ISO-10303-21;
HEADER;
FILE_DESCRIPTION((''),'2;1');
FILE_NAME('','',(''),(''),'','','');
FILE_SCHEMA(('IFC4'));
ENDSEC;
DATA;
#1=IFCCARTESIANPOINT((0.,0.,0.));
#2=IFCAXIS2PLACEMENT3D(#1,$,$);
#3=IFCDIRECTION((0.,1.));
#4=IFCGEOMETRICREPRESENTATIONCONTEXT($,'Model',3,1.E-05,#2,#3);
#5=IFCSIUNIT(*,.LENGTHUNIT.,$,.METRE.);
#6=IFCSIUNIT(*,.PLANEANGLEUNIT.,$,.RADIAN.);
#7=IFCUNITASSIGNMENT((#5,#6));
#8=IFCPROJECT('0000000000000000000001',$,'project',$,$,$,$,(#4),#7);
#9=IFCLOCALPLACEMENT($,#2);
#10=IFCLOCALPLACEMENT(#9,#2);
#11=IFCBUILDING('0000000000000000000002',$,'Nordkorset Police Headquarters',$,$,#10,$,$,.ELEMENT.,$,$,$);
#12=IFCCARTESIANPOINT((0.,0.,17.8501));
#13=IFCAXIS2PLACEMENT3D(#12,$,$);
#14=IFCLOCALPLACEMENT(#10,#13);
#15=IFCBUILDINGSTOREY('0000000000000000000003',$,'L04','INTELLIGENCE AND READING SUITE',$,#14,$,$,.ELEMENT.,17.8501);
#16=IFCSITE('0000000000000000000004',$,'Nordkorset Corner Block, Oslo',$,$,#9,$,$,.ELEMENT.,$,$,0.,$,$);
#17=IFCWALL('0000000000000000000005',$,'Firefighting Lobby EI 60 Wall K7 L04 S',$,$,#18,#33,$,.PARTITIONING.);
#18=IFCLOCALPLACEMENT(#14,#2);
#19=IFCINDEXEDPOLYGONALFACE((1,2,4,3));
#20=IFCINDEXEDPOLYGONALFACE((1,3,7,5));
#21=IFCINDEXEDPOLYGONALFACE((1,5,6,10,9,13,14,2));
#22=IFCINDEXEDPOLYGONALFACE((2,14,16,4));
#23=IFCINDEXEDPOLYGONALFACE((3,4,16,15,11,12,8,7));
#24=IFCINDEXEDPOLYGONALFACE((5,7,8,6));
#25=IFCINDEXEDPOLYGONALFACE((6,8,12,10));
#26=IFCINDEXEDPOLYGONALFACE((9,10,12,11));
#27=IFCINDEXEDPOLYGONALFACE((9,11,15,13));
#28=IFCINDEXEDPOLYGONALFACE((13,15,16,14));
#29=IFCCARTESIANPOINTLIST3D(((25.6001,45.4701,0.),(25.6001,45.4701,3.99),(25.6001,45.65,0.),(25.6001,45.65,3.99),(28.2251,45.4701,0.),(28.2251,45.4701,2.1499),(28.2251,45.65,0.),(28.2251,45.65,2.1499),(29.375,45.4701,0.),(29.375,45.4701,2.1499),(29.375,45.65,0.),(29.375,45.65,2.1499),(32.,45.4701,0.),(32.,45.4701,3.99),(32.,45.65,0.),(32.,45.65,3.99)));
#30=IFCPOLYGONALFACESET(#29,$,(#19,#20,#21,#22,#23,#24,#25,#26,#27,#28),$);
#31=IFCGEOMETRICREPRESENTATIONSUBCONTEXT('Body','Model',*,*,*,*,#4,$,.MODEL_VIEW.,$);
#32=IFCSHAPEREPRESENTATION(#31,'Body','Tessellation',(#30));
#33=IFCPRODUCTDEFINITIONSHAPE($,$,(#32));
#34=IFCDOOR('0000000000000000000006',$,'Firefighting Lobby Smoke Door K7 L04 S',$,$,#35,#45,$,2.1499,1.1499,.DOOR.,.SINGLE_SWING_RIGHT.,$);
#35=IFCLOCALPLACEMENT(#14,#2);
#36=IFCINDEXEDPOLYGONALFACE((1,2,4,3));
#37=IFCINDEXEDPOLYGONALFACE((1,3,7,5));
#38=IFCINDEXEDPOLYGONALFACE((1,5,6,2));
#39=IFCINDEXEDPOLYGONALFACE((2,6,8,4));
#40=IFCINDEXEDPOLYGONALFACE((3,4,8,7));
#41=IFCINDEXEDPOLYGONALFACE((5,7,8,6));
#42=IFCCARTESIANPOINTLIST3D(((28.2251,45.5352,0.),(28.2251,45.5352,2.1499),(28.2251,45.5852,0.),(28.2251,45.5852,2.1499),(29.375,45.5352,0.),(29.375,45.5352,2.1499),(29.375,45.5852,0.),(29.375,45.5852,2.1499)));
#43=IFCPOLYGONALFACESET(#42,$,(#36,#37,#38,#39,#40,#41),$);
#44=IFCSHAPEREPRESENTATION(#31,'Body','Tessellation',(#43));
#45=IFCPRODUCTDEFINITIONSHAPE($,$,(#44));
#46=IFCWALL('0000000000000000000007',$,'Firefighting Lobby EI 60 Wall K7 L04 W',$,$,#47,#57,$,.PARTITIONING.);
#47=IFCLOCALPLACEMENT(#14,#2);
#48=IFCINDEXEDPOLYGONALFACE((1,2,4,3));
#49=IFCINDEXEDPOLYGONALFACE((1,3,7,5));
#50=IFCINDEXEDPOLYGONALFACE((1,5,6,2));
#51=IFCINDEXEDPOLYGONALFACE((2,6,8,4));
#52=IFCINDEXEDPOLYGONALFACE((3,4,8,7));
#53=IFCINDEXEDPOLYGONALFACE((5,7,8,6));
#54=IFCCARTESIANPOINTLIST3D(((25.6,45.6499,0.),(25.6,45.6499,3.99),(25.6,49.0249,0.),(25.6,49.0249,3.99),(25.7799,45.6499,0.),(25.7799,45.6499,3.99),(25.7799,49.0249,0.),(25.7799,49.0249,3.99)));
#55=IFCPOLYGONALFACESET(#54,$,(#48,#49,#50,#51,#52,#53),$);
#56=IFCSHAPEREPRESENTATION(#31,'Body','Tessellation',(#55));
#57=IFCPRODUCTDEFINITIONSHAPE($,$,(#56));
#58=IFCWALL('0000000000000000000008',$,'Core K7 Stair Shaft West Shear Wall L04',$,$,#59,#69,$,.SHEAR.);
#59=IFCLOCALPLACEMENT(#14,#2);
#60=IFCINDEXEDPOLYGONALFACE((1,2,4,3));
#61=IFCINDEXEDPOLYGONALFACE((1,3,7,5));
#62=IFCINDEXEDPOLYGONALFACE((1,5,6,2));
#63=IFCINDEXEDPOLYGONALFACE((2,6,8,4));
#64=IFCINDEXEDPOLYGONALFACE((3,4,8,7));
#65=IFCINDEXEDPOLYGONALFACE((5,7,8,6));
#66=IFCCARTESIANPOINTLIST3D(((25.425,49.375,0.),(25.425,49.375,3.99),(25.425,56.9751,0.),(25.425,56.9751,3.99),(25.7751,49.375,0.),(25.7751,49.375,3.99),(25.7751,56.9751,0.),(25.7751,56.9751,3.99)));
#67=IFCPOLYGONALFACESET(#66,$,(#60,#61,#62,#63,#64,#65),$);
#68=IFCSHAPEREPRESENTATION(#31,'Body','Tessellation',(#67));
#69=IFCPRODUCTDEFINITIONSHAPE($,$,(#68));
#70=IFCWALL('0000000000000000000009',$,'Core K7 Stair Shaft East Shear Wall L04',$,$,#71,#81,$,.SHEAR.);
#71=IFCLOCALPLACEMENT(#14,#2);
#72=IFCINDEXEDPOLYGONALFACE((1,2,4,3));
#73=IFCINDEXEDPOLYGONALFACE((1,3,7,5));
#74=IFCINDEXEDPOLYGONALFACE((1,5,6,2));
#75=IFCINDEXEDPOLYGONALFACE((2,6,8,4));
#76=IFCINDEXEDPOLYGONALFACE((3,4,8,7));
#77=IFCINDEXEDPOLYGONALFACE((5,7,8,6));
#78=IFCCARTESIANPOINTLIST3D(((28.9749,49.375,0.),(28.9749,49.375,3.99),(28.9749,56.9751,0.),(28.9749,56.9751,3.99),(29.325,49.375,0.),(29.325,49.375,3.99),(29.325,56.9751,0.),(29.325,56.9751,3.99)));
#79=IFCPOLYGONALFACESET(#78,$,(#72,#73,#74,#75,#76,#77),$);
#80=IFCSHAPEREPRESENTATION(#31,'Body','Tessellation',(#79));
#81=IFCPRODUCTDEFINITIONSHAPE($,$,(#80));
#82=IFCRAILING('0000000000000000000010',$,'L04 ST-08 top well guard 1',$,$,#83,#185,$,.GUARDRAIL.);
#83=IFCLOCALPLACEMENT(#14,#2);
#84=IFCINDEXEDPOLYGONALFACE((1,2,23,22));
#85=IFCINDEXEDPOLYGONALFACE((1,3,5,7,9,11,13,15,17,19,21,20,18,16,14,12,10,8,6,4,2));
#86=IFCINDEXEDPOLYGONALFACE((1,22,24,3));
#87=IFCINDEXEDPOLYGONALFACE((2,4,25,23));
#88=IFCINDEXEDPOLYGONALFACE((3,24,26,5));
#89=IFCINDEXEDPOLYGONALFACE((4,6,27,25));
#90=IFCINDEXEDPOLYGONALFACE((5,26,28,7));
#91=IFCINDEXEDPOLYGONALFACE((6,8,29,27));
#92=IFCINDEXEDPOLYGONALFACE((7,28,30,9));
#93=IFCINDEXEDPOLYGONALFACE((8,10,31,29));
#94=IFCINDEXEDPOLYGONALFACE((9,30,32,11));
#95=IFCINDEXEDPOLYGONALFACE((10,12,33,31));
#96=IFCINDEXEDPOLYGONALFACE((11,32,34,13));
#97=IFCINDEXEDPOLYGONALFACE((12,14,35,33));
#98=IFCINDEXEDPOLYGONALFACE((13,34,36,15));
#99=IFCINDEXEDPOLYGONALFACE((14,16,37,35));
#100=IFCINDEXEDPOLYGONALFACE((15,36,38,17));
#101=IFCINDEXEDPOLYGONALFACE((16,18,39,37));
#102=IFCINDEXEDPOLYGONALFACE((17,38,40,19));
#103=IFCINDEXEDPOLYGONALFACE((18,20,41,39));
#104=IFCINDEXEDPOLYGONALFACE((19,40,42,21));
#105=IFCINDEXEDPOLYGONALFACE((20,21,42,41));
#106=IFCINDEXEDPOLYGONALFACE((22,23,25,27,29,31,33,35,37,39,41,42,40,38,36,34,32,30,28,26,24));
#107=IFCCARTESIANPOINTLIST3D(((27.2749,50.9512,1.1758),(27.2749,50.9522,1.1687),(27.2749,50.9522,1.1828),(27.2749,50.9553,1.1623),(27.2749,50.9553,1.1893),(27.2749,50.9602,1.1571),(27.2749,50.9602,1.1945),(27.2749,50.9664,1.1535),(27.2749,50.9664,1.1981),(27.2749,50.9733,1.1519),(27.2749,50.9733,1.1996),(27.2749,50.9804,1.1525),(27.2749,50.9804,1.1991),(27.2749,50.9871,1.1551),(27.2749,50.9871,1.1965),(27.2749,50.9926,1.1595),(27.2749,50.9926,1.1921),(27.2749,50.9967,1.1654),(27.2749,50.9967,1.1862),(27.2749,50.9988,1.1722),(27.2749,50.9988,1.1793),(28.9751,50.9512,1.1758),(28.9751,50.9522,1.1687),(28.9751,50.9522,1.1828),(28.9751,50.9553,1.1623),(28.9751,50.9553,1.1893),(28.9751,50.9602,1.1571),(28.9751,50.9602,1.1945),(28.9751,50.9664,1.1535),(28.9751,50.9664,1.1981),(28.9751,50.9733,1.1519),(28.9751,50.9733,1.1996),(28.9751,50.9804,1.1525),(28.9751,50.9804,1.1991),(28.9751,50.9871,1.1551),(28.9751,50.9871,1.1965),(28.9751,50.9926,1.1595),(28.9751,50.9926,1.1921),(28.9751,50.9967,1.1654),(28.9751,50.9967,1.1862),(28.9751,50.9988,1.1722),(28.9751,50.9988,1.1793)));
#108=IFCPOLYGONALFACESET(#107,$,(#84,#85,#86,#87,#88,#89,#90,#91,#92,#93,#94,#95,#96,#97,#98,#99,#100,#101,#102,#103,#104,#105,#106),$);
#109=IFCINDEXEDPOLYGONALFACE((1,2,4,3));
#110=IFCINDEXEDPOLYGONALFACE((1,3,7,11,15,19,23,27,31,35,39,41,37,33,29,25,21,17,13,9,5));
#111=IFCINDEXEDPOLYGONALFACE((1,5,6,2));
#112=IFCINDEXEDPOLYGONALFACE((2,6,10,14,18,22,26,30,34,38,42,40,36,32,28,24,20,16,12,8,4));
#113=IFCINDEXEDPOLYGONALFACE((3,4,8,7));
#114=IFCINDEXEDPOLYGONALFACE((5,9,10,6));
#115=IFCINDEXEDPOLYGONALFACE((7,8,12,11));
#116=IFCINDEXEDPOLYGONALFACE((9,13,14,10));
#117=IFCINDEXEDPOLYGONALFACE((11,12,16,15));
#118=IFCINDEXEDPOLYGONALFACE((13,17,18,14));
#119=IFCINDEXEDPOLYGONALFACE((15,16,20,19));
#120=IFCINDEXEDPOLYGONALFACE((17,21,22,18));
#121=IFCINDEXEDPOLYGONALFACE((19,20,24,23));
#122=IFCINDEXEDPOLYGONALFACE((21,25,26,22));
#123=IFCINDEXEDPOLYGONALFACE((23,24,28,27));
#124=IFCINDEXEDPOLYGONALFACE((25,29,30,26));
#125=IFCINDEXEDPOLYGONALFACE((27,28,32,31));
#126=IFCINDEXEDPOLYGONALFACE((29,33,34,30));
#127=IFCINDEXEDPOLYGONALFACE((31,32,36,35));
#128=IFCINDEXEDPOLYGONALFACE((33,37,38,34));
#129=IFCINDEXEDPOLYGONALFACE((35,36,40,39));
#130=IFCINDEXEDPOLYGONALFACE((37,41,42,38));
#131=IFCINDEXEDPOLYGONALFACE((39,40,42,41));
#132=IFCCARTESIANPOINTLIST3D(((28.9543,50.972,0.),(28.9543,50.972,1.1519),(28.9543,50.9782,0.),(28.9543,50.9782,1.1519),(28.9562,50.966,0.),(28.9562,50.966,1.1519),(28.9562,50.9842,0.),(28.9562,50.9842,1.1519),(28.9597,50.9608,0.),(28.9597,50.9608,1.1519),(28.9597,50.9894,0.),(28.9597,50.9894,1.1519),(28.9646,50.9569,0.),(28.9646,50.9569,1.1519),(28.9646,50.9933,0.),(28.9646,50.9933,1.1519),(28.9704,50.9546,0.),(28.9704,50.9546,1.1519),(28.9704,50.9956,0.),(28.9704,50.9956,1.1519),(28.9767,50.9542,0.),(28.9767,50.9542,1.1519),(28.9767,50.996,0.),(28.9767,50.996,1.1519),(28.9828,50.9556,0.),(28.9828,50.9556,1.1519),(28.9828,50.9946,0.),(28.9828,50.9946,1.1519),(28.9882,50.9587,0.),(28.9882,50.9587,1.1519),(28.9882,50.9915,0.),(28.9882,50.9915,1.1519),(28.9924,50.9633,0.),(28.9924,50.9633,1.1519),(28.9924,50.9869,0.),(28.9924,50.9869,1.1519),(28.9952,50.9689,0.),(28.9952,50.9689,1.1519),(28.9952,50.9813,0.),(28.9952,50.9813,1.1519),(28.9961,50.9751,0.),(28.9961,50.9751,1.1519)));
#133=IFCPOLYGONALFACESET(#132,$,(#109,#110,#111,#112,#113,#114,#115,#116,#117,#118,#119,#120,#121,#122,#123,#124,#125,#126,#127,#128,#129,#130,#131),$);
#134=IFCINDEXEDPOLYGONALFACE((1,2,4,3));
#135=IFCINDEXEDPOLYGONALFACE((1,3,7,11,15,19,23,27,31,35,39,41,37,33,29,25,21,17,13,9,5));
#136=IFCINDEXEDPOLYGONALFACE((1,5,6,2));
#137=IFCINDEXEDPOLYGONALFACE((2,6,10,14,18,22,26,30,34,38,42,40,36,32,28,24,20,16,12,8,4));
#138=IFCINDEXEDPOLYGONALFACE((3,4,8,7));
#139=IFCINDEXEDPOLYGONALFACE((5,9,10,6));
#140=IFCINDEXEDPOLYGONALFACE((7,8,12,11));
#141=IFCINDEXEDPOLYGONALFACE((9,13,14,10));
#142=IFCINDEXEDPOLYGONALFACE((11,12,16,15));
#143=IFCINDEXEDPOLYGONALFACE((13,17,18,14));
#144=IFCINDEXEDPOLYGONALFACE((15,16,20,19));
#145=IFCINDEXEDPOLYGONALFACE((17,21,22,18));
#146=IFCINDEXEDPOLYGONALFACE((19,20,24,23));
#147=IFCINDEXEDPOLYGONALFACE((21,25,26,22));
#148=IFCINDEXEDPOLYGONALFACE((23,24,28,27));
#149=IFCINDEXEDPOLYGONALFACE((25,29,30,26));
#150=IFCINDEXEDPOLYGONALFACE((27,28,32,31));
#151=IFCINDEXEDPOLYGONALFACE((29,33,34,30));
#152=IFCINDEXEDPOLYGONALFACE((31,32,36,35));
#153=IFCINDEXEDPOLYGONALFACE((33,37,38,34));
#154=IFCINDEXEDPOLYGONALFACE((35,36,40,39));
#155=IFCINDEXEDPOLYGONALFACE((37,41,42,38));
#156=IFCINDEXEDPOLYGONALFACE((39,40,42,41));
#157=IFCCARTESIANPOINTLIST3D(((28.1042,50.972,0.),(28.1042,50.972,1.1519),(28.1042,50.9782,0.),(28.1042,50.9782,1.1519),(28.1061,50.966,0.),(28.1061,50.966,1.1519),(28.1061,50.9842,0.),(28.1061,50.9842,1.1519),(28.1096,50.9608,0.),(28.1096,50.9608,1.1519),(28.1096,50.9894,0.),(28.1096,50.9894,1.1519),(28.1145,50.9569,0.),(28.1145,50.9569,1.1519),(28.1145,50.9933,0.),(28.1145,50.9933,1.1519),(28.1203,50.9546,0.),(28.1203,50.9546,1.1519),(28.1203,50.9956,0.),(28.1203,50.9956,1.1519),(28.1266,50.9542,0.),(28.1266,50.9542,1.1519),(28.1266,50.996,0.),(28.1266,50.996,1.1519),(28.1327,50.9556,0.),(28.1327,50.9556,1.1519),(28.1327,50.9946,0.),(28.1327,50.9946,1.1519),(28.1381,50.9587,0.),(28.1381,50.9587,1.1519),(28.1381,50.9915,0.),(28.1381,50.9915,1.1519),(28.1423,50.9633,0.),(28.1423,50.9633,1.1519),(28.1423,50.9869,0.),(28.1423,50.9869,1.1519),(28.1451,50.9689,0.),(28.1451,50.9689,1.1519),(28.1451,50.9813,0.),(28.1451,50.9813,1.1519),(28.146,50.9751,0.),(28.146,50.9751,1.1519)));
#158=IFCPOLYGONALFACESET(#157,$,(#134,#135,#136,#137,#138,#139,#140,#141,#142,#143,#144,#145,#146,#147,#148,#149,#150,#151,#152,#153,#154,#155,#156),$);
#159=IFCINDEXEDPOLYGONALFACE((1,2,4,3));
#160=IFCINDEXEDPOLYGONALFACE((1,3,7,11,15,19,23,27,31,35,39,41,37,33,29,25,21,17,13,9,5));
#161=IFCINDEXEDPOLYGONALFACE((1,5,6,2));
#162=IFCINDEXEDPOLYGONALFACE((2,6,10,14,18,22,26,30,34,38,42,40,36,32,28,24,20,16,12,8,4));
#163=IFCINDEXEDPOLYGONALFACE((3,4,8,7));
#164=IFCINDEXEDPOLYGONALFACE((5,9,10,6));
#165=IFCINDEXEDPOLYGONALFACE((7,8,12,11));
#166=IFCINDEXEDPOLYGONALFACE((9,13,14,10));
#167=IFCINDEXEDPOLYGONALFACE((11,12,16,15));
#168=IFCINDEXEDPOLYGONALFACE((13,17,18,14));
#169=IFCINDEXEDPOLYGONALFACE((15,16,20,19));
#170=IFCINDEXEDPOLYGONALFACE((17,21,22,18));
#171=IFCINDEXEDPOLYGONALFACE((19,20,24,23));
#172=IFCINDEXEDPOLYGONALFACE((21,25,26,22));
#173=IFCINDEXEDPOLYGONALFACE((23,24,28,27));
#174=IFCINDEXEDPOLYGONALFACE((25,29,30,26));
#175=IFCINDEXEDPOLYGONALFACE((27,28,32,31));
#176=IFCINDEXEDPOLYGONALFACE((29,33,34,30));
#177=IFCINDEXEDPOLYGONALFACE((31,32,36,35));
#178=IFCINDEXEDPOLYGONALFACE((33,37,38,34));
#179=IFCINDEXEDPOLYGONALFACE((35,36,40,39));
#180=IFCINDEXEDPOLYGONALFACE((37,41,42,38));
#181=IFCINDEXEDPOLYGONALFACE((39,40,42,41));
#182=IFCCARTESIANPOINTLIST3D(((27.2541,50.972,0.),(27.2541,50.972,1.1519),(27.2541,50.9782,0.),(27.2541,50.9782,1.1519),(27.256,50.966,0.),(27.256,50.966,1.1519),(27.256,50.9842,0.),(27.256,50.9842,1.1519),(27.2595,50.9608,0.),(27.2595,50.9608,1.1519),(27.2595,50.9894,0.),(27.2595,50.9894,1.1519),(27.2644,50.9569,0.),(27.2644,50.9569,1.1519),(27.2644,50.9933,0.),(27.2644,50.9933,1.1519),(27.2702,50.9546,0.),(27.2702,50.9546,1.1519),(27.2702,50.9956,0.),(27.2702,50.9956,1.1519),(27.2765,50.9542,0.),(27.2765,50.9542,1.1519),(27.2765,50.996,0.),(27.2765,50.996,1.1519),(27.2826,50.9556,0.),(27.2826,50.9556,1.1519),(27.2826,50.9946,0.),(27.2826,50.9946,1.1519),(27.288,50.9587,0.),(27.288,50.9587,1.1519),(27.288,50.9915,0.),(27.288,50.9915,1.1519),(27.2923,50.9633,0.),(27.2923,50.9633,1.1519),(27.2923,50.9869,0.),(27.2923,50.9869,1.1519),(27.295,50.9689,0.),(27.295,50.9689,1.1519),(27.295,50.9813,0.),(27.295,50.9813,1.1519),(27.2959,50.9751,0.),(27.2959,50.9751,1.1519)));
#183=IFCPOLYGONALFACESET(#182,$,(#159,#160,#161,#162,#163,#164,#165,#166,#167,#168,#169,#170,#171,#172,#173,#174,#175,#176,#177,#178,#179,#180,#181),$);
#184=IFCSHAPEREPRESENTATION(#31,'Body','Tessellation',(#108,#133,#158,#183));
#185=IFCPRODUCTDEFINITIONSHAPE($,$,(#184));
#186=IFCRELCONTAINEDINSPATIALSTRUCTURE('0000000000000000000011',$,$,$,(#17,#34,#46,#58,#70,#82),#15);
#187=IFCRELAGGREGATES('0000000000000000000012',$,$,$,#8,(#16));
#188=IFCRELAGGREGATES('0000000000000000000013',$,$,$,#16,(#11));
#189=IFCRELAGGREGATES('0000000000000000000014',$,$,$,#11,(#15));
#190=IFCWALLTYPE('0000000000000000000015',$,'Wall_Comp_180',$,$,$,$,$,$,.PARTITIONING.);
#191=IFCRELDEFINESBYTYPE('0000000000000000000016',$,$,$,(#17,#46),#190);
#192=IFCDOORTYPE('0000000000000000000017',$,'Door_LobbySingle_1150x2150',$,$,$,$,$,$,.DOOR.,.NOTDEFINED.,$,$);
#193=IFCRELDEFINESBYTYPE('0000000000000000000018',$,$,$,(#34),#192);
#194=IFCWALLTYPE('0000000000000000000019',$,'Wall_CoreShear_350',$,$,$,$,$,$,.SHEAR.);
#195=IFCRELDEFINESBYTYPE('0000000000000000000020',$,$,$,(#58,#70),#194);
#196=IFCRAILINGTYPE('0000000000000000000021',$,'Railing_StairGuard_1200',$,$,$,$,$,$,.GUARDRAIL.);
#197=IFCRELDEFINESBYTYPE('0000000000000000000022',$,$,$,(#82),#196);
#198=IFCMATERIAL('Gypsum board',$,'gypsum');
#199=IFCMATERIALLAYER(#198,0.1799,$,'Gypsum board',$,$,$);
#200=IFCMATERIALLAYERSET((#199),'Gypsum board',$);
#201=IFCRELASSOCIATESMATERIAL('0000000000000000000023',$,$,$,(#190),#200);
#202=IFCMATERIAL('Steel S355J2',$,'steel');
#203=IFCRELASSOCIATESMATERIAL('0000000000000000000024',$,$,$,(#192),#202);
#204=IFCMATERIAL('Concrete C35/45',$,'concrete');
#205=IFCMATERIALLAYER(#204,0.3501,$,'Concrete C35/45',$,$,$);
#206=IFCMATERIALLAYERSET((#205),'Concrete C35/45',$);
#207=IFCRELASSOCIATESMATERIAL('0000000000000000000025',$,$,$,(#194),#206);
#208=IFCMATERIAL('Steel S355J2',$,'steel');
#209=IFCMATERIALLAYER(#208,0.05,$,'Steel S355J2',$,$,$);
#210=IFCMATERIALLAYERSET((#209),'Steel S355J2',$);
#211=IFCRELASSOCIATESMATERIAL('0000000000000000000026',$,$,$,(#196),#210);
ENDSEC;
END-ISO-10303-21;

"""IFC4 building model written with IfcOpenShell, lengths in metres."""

from ifc_helpers import new_model, si_unit, direction, frame, frame_2d, origin, origin_2d, place, context, subcontext, project, spatial, rectangle, circle, extrude, material, layer, layer_set, type_object, element, fill, save


model = new_model("IFC4")

# Units and contexts
model_context = context("Model", 3, precision=1e-05, world=origin(), true_north=direction((0.0, 1.0)))
body_context = subcontext(model_context, "Body", "Model", "MODEL_VIEW")
ifc_project = project(units=[si_unit("LENGTHUNIT", "METRE"), si_unit("PLANEANGLEUNIT", "RADIAN")], contexts=[model_context])

# Site, building, storey
site_placement = place(None, origin())
site = spatial("IfcSite", under=ifc_project, at=site_placement, Name="Nordkorset Corner Block, Oslo", CompositionType="ELEMENT", RefElevation=0.0)
building_placement = place(site_placement, origin())
building = spatial("IfcBuilding", under=site, at=building_placement, Name="Nordkorset Police Headquarters", CompositionType="ELEMENT")
storey_placement = place(building_placement, frame((0.0, 0.0, 17.8501)))
storey = spatial("IfcBuildingStorey", under=building, at=storey_placement, Name="L04", Description="INTELLIGENCE AND READING SUITE", CompositionType="ELEMENT", Elevation=17.8501)

# Wall, opening, door
ifc_material_1 = material(Name="Gypsum board", Category="gypsum")
ifc_layer_1 = layer(ifc_material_1, 0.1799, Name="Gypsum board")
ifc_layer_set_1 = layer_set([ifc_layer_1], Name="Gypsum board")
wall_type_1 = type_object("IfcWallType", Name="Wall_Comp_180", PredefinedType="PARTITIONING", material=ifc_layer_set_1)
wall_1_placement = place(storey_placement, frame((25.6001, 45.5601, 0.0), z_axis=(0.0, 0.0, 1.0), x_axis=(1.0, 0.0, 0.0)))
wall_1 = element("IfcWall", 1, at=wall_1_placement, inside=storey, type_object=wall_type_1, Name="Firefighting Lobby EI 60 Wall K7 L04 S", PredefinedType="PARTITIONING", context=body_context, shape_type="SweptSolid", body=[
    extrude(rectangle(XDim=6.3999, YDim=0.1799, at=frame_2d((3.2, 0.0))), origin(), (0.0, 0.0, 1.0), 3.99),
])
opening_1_placement = place(wall_1_placement, frame((2.625, 0.0, 0.0)))
opening_1 = element("IfcOpeningElement", 2, at=opening_1_placement, cuts=wall_1, PredefinedType="OPENING", context=body_context, shape_type="SweptSolid", body=[
    extrude(rectangle(XDim=1.1499, YDim=2.1499, at=frame_2d((0.575, 1.075))), frame((0.0, 0.1001, 0.0), z_axis=(0.0, -1.0, 0.0), x_axis=(1.0, 0.0, 0.0)), (0.0, 0.0, 1.0), 0.2),
])
ifc_material_2 = material(Name="Steel S355J2", Category="steel")
door_type_1 = type_object("IfcDoorType", Name="Door_LobbySingle_1150x2150", OperationType="NOTDEFINED", PredefinedType="DOOR", material=ifc_material_2)
door_1_placement = place(opening_1_placement, frame((1.1499, 0.0, 0.0), z_axis=(0.0, 0.0, 1.0), x_axis=(-1.0, 0.0, 0.0)))
door_1 = element("IfcDoor", 3, at=door_1_placement, inside=storey, type_object=door_type_1, Name="Firefighting Lobby Smoke Door K7 L04 S", OperationType="SINGLE_SWING_RIGHT", OverallHeight=2.1499, OverallWidth=1.1499, PredefinedType="DOOR", context=body_context, shape_type="SweptSolid", body=[
    extrude(rectangle(XDim=1.1499, YDim=2.1499, at=frame_2d((0.575, 1.075))), frame((0.0, 0.0249, 0.0), z_axis=(0.0, -1.0, 0.0), x_axis=(1.0, 0.0, 0.0)), (0.0, 0.0, 1.0), 0.05),
])
fill(opening_1, door_1)

# Wall
wall_2_placement = place(storey_placement, frame((25.6899, 45.6499, 0.0), z_axis=(0.0, 0.0, 1.0), x_axis=(0.0, 1.0, 0.0)))
element("IfcWall", 4, at=wall_2_placement, inside=storey, type_object=wall_type_1, Name="Firefighting Lobby EI 60 Wall K7 L04 W", PredefinedType="PARTITIONING", context=body_context, shape_type="SweptSolid", body=[
    extrude(rectangle(XDim=3.375, YDim=0.1799, at=frame_2d((1.6875, 0.0))), origin(), (0.0, 0.0, 1.0), 3.99),
])

# Shared definitions
ifc_material_3 = material(Name="Concrete C35/45", Category="concrete")
ifc_layer_2 = layer(ifc_material_3, 0.3501, Name="Concrete C35/45")
ifc_layer_set_2 = layer_set([ifc_layer_2], Name="Concrete C35/45")
wall_type_2 = type_object("IfcWallType", Name="Wall_CoreShear_350", PredefinedType="SHEAR", material=ifc_layer_set_2)

# Walls
for number, where, z_axis, x_axis, name in (
    (5, (25.6001, 49.375, 0.0), (0.0, 0.0, 1.0), (0.0, 1.0, 0.0), "Core K7 Stair Shaft West Shear Wall L04"),
    (6, (29.1499, 49.375, 0.0), (0.0, 0.0, 1.0), (0.0, 1.0, 0.0), "Core K7 Stair Shaft East Shear Wall L04"),
):
    element("IfcWall", number, at=place(storey_placement, frame(where, z_axis=z_axis, x_axis=x_axis)), inside=storey, type_object=wall_type_2, Name=name, PredefinedType="SHEAR", context=body_context, shape_type="SweptSolid", body=[
        extrude(rectangle(XDim=7.6001, YDim=0.3501, at=frame_2d((3.8, 0.0))), origin(), (0.0, 0.0, 1.0), 3.99),
    ])

# Railing
ifc_material_4 = material(Name="Steel S355J2", Category="steel")
ifc_layer_3 = layer(ifc_material_4, 0.05, Name="Steel S355J2")
ifc_layer_set_3 = layer_set([ifc_layer_3], Name="Steel S355J2")
railing_type = type_object("IfcRailingType", Name="Railing_StairGuard_1200", PredefinedType="GUARDRAIL", material=ifc_layer_set_3)
railing_placement = place(storey_placement, frame((28.9751, 50.9751, 0.0)))
element("IfcRailing", 7, at=railing_placement, inside=storey, type_object=railing_type, Name="L04 ST-08 top well guard 1", PredefinedType="GUARDRAIL", context=body_context, shape_type="SweptSolid", body=[
    extrude(circle(Radius=0.0239, at=origin_2d()), frame((0.0, 0.0, 1.1758), z_axis=(-1.0, 0.0, 0.0), x_axis=(0.0, -1.0, 0.0)), (0.0, 0.0, 1.0), 1.7002),
    extrude(circle(Radius=0.021, at=origin_2d()), origin(), (0.0, 0.0, 1.0), 1.1519),
    extrude(circle(Radius=0.021, at=origin_2d()), frame((-0.8501, 0.0, 0.0)), (0.0, 0.0, 1.0), 1.1519),
    extrude(circle(Radius=0.021, at=origin_2d()), frame((-1.7002, 0.0, 0.0)), (0.0, 0.0, 1.0), 1.1519),
])

save(model, "model.ifc")
